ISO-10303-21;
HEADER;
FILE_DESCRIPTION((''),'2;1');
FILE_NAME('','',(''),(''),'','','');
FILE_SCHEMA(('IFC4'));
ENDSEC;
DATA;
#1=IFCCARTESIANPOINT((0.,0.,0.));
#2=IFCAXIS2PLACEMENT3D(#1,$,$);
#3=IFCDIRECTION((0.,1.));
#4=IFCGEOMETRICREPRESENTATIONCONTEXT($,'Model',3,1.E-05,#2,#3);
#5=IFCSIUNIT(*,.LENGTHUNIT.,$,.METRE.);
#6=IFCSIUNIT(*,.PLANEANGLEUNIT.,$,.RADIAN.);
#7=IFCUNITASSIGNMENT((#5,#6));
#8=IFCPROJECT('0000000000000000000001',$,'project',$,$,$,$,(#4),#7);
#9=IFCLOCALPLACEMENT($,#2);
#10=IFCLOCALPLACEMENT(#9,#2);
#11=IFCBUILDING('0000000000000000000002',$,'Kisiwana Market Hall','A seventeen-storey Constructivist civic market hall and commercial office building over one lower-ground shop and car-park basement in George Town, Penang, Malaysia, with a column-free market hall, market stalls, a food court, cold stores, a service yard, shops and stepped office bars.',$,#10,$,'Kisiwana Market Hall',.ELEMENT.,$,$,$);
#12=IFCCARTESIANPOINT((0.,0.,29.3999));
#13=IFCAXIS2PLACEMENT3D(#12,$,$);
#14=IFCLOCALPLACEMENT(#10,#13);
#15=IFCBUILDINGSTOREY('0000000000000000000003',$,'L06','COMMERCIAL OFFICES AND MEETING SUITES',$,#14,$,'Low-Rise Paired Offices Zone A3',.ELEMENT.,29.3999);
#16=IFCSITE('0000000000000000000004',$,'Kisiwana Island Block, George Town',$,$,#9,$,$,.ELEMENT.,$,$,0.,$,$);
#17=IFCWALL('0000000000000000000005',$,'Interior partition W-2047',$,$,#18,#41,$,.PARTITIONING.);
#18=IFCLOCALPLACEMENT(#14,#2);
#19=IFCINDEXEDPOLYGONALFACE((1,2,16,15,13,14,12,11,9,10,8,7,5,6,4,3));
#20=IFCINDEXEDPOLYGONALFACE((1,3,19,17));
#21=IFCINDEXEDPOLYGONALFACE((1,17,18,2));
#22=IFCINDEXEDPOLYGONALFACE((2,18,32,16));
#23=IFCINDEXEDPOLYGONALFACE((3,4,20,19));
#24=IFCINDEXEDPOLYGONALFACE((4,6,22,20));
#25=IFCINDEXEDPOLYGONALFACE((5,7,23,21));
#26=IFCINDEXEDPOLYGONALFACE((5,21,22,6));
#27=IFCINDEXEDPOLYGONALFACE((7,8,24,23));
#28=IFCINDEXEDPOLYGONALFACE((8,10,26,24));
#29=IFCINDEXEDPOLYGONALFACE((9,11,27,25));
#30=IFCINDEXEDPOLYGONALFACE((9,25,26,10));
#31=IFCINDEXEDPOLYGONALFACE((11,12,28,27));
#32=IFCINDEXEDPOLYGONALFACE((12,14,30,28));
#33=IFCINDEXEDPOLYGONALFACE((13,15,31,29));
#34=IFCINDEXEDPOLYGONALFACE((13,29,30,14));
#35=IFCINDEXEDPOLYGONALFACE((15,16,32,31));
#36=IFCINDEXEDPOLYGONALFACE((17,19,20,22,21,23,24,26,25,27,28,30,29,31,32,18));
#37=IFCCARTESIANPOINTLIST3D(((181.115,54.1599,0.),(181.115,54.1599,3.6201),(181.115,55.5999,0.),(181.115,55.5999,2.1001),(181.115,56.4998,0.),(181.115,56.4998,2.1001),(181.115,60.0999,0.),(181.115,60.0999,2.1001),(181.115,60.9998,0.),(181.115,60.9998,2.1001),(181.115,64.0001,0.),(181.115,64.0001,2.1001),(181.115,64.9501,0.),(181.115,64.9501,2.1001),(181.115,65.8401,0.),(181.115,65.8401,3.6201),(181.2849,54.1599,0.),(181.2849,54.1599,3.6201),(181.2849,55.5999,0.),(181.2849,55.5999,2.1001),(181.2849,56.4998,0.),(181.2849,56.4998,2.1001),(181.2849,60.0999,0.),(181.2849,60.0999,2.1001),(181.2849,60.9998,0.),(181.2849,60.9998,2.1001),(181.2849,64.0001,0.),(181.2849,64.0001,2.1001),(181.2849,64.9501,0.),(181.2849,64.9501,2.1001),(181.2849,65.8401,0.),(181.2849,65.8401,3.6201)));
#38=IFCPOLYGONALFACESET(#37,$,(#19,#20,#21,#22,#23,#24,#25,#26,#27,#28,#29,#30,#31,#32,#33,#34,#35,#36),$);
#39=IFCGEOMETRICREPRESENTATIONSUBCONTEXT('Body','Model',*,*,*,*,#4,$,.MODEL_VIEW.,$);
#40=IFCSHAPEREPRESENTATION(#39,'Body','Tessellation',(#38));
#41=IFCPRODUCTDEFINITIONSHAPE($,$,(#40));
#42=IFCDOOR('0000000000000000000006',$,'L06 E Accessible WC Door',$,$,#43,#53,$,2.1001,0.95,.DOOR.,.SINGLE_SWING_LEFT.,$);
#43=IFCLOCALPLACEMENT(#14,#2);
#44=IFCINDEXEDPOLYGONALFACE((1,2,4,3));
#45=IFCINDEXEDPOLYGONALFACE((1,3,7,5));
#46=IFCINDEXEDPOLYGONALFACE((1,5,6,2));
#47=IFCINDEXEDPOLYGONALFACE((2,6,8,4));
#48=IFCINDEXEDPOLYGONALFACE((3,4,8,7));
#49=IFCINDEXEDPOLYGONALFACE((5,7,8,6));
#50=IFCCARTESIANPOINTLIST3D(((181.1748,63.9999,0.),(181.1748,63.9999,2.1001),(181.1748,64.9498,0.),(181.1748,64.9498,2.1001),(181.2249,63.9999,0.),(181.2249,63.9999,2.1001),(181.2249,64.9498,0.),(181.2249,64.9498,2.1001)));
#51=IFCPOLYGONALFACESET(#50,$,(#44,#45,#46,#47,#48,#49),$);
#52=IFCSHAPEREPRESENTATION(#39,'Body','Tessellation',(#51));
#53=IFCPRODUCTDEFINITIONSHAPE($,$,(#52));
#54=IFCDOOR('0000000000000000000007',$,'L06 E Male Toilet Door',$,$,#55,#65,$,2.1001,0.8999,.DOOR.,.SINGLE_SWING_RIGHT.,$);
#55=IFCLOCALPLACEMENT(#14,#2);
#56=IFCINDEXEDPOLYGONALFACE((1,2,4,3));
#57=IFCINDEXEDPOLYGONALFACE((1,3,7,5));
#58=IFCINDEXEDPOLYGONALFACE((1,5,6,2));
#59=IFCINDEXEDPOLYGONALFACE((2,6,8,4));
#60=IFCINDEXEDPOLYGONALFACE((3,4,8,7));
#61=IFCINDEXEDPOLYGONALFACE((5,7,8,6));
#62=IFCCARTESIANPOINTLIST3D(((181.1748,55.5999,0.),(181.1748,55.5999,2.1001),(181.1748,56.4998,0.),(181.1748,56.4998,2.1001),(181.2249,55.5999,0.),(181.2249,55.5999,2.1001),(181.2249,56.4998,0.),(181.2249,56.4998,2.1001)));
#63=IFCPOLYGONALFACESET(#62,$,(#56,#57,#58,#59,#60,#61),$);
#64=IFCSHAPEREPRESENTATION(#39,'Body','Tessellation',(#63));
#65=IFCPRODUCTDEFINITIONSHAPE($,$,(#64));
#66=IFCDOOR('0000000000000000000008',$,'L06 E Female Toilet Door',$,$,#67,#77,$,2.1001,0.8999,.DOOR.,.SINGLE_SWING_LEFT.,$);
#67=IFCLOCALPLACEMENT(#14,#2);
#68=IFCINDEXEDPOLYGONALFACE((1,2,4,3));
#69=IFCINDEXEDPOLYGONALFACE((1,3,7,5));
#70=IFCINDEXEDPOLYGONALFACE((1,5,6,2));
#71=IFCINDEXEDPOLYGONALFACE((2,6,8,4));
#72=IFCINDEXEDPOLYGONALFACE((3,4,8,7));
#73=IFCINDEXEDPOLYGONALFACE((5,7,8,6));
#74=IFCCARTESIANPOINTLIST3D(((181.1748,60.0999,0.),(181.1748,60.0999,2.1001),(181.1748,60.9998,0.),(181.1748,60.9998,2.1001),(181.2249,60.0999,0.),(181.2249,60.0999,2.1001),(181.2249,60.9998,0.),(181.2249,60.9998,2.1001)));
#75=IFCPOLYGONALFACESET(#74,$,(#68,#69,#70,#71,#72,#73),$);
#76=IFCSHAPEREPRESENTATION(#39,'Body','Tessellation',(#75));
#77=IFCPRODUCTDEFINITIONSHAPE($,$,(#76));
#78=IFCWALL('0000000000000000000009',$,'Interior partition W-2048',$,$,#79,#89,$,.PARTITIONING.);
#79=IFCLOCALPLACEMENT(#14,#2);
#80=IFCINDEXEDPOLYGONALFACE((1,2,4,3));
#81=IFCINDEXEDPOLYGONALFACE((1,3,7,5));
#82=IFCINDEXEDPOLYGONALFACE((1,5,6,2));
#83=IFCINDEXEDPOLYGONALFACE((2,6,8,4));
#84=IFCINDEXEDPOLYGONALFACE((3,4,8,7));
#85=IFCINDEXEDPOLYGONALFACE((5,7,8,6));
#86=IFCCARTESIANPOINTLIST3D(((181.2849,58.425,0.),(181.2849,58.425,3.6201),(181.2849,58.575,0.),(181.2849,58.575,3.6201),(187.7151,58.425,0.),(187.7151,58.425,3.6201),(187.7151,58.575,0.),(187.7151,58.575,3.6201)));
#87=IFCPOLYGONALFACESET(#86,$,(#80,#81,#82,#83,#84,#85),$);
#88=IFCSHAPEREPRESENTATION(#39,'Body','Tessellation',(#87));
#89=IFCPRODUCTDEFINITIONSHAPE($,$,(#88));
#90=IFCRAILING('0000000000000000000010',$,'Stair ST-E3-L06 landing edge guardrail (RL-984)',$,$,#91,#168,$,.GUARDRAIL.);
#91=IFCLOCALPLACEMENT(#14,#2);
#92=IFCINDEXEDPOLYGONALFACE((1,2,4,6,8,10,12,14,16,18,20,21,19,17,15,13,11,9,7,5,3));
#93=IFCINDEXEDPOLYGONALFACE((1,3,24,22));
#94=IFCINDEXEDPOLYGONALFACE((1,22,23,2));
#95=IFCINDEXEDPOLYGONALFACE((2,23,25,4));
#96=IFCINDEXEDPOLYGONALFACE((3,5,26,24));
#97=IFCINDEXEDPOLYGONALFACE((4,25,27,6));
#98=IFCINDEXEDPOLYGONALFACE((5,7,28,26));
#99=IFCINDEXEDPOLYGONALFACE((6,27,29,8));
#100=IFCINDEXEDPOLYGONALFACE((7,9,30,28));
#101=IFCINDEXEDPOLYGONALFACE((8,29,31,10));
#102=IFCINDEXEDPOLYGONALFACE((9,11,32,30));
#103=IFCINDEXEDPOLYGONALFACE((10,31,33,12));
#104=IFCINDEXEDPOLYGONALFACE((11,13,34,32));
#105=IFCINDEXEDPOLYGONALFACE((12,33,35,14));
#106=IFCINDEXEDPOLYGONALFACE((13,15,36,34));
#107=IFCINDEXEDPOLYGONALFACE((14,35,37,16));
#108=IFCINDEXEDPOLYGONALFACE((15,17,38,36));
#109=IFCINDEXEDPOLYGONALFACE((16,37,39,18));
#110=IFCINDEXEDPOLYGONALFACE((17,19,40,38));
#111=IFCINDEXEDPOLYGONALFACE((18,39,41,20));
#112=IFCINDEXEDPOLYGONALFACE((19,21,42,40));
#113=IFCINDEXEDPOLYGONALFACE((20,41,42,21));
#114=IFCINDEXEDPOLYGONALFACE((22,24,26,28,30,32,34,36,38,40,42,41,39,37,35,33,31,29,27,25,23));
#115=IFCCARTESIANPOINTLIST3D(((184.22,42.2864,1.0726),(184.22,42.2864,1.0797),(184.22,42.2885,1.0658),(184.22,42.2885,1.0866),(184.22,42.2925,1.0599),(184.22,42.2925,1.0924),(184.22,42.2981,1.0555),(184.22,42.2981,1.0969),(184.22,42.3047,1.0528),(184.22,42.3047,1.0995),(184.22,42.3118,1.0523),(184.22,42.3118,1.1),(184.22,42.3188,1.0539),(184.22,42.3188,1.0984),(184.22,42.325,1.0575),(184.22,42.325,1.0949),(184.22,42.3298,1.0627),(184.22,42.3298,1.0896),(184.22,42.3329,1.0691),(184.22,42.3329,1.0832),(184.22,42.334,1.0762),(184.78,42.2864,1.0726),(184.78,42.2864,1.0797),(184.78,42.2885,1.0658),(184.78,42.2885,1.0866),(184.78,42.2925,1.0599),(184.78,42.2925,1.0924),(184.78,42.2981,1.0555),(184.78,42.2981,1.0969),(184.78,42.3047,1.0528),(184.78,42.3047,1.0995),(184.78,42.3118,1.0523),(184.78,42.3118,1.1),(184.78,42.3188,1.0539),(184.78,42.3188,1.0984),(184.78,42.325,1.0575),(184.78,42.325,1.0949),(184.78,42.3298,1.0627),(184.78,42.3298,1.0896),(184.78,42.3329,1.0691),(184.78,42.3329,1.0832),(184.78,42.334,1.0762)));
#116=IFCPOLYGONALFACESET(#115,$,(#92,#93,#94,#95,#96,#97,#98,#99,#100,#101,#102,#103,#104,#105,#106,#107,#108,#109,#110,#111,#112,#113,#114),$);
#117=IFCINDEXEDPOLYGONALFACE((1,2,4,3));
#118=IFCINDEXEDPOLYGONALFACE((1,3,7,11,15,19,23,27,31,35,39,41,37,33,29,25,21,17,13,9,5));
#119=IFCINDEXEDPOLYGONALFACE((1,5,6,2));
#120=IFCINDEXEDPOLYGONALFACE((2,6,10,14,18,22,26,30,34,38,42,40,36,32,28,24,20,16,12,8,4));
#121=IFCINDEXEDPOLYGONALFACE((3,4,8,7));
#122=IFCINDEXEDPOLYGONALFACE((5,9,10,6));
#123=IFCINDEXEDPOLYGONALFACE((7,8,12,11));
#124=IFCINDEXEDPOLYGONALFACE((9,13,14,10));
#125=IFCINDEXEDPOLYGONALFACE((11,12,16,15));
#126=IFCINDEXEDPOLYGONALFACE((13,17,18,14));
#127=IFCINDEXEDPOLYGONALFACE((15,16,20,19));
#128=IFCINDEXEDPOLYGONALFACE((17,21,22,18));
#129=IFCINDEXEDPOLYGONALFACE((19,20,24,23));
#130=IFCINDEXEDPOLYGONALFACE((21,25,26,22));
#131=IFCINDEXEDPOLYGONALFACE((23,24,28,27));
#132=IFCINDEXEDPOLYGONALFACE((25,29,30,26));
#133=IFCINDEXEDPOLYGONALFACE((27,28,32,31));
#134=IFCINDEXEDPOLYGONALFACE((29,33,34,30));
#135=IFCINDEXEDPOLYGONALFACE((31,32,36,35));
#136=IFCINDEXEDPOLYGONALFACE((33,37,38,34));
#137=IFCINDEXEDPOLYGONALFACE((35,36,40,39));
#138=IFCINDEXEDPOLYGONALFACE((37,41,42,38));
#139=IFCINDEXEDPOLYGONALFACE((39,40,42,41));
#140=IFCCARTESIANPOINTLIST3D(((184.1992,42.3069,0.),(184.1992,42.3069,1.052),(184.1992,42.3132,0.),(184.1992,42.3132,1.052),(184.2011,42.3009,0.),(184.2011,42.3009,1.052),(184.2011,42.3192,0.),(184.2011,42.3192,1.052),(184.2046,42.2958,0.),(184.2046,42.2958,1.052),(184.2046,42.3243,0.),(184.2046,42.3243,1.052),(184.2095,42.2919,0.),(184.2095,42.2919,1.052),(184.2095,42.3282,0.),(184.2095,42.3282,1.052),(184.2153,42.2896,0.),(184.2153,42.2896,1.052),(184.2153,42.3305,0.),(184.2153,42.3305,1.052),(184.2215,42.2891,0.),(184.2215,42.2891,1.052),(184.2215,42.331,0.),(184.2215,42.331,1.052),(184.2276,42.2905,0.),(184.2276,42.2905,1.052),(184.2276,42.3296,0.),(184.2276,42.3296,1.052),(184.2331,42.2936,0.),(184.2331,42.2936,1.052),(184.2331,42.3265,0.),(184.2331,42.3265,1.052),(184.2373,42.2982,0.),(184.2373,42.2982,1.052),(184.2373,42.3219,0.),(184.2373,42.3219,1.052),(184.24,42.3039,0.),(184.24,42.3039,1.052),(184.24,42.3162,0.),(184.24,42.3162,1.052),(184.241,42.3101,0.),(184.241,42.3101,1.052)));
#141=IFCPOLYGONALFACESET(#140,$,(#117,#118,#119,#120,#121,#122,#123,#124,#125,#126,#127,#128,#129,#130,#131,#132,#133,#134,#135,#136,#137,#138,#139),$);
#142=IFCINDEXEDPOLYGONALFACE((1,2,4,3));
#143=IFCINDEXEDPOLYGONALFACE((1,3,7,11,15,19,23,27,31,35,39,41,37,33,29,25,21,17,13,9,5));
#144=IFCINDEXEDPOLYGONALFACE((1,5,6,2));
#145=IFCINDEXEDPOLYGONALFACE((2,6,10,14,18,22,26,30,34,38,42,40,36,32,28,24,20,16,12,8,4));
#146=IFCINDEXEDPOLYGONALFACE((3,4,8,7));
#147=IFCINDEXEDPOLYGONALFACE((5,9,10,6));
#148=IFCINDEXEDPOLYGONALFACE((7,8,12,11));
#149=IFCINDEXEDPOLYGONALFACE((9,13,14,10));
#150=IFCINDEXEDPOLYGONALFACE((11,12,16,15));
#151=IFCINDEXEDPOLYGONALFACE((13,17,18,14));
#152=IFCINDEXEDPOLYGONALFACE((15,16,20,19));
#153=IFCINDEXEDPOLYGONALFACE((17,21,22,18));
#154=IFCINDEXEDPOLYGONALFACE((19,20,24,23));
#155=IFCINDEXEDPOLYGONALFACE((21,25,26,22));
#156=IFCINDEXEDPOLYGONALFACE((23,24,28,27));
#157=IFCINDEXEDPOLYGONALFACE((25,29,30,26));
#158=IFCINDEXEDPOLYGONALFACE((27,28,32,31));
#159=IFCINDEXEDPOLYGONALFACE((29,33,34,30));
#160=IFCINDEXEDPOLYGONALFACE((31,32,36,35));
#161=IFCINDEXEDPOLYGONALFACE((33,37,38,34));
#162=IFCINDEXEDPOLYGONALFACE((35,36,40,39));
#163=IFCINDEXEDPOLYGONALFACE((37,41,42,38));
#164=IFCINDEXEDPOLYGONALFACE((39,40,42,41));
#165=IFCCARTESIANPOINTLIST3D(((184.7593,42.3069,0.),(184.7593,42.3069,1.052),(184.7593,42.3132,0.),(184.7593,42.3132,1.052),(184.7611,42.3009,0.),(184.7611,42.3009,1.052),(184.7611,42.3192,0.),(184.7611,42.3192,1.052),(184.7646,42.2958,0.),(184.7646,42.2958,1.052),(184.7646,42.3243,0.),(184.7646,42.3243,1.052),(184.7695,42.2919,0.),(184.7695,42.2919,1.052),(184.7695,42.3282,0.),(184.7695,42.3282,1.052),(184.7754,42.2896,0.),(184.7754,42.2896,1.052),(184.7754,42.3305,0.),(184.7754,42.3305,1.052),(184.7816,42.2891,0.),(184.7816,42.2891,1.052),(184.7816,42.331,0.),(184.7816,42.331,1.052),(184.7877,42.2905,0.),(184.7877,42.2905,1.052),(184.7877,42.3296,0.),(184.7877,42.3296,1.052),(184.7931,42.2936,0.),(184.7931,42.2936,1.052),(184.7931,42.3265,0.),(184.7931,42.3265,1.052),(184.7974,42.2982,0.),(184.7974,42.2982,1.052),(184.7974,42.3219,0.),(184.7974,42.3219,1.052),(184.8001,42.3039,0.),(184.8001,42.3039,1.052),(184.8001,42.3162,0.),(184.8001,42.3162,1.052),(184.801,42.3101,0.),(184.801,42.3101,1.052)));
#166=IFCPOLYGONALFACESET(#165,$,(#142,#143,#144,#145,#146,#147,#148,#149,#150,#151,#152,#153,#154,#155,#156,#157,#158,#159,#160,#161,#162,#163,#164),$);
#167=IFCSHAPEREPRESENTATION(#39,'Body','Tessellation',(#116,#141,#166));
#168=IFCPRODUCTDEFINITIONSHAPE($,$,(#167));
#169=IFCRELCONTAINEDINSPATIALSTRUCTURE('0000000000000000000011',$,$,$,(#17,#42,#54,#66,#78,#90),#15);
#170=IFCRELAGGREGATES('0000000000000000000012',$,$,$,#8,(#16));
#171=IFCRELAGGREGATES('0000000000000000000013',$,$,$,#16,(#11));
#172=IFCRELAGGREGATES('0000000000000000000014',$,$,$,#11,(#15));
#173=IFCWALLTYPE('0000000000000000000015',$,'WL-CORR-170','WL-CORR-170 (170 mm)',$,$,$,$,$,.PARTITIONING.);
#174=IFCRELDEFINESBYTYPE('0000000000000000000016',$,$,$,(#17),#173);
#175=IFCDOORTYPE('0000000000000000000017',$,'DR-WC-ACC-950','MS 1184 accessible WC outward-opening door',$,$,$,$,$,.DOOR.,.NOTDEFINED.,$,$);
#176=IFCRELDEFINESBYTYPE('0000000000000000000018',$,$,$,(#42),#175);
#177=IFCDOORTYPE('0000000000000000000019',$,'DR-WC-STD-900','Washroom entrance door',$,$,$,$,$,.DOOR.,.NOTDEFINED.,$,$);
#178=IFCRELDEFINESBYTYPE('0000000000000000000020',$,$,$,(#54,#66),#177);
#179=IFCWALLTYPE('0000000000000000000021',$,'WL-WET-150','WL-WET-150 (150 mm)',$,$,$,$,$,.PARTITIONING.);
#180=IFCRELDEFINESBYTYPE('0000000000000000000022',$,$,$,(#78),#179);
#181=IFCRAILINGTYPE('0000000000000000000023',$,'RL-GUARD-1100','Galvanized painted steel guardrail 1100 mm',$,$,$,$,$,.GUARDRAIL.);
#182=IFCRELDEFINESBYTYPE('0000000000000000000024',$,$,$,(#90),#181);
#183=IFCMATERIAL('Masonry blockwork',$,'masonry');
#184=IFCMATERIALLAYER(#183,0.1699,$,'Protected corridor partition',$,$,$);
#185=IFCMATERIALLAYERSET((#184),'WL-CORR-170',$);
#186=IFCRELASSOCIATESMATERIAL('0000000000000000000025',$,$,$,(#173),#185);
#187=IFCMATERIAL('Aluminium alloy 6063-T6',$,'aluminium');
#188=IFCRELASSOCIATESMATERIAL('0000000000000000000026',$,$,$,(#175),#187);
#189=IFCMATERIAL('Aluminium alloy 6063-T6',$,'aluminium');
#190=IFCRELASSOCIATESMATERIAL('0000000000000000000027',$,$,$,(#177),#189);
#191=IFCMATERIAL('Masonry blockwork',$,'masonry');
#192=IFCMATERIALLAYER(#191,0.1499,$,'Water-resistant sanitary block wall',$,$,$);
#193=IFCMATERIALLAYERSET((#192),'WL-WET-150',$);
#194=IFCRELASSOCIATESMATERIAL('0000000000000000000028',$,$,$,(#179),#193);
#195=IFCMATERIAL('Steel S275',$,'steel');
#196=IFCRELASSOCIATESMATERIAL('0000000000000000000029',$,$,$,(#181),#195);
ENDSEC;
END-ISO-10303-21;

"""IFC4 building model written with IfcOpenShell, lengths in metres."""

from ifc_helpers import new_model, si_unit, direction, frame, frame_2d, origin, origin_2d, place, context, subcontext, project, spatial, rectangle, circle, extrude, material, layer, layer_set, type_object, element, fill, save


model = new_model("IFC4")

# Units and contexts
model_context = context("Model", 3, precision=1e-05, world=origin(), true_north=direction((0.0, 1.0)))
body_context = subcontext(model_context, "Body", "Model", "MODEL_VIEW")
ifc_project = project(units=[si_unit("LENGTHUNIT", "METRE"), si_unit("PLANEANGLEUNIT", "RADIAN")], contexts=[model_context])

# Site, building, storey
site_placement = place(None, origin())
site = spatial("IfcSite", under=ifc_project, at=site_placement, Name="Kisiwana Island Block, George Town", CompositionType="ELEMENT", RefElevation=0.0)
building_placement = place(site_placement, origin())
building = spatial("IfcBuilding", under=site, at=building_placement, Name="Kisiwana Market Hall", Description="A seventeen-storey Constructivist civic market hall and commercial office building over one lower-ground shop and car-park basement in George Town, Penang, Malaysia, with a column-free market hall, market stalls, a food court, cold stores, a service yard, shops and stepped office bars.", LongName="Kisiwana Market Hall", CompositionType="ELEMENT")
storey_placement = place(building_placement, frame((0.0, 0.0, 29.3999)))
storey = spatial("IfcBuildingStorey", under=building, at=storey_placement, Name="L06", Description="COMMERCIAL OFFICES AND MEETING SUITES", LongName="Low-Rise Paired Offices Zone A3", CompositionType="ELEMENT", Elevation=29.3999)

# Shared definitions
ifc_material_1 = material(Name="Masonry blockwork", Category="masonry")
ifc_layer_1 = layer(ifc_material_1, 0.1699, Name="Protected corridor partition")
ifc_layer_set_1 = layer_set([ifc_layer_1], Name="WL-CORR-170")
wall_type_1 = type_object("IfcWallType", Name="WL-CORR-170", Description="WL-CORR-170 (170 mm)", PredefinedType="PARTITIONING", material=ifc_layer_set_1)

# Wall, openings, doors
wall_1_placement = place(storey_placement, frame((181.2, 54.1599, 0.0), z_axis=(0.0, 0.0, 1.0), x_axis=(0.0, 1.0, 0.0)))
wall_1 = element("IfcWall", 1, at=wall_1_placement, inside=storey, type_object=wall_type_1, Name="Interior partition W-2047", PredefinedType="PARTITIONING", context=body_context, shape_type="SweptSolid", body=[
    extrude(rectangle(XDim=11.6802, YDim=0.1699, at=frame_2d((5.8401, 0.0))), origin(), (0.0, 0.0, 1.0), 3.6201),
])
opening_1_placement = place(wall_1_placement, frame((1.4399, 0.0, 0.0)))
opening_1 = element("IfcOpeningElement", 2, at=opening_1_placement, cuts=wall_1, PredefinedType="OPENING", context=body_context, shape_type="SweptSolid", body=[
    extrude(rectangle(XDim=0.8999, YDim=2.1001, at=frame_2d((0.45, 1.05))), frame((0.0, 0.0969, 0.0), z_axis=(0.0, -1.0, 0.0), x_axis=(1.0, 0.0, 0.0)), (0.0, 0.0, 1.0), 0.1938),
])
opening_2_placement = place(wall_1_placement, frame((5.9399, 0.0, 0.0)))
opening_2 = element("IfcOpeningElement", 3, at=opening_2_placement, cuts=wall_1, PredefinedType="OPENING", context=body_context, shape_type="SweptSolid", body=[
    extrude(rectangle(XDim=0.8999, YDim=2.1001, at=frame_2d((0.45, 1.05))), frame((0.0, 0.0969, 0.0), z_axis=(0.0, -1.0, 0.0), x_axis=(1.0, 0.0, 0.0)), (0.0, 0.0, 1.0), 0.1938),
])
opening_3_placement = place(wall_1_placement, frame((9.8401, 0.0, 0.0)))
opening_3 = element("IfcOpeningElement", 4, at=opening_3_placement, cuts=wall_1, PredefinedType="OPENING", context=body_context, shape_type="SweptSolid", body=[
    extrude(rectangle(XDim=0.95, YDim=2.1001, at=frame_2d((0.4751, 1.05))), frame((0.0, 0.0969, 0.0), z_axis=(0.0, -1.0, 0.0), x_axis=(1.0, 0.0, 0.0)), (0.0, 0.0, 1.0), 0.1938),
])
ifc_material_2 = material(Name="Aluminium alloy 6063-T6", Category="aluminium")
door_type_1 = type_object("IfcDoorType", Name="DR-WC-ACC-950", Description="MS 1184 accessible WC outward-opening door", OperationType="NOTDEFINED", PredefinedType="DOOR", material=ifc_material_2)
door_1_placement = place(opening_3_placement, frame((0.95, 0.0, 0.0), z_axis=(0.0, 0.0, 1.0), x_axis=(-1.0, 0.0, 0.0)))
door_1 = element("IfcDoor", 5, at=door_1_placement, inside=storey, type_object=door_type_1, Name="L06 E Accessible WC Door", OperationType="SINGLE_SWING_LEFT", OverallHeight=2.1001, OverallWidth=0.95, PredefinedType="DOOR", context=body_context, shape_type="SweptSolid", body=[
    extrude(rectangle(XDim=0.95, YDim=2.1001, at=frame_2d((0.4751, 1.05))), frame((0.0, 0.0249, 0.0), z_axis=(0.0, -1.0, 0.0), x_axis=(1.0, 0.0, 0.0)), (0.0, 0.0, 1.0), 0.05),
])
fill(opening_3, door_1)
ifc_material_3 = material(Name="Aluminium alloy 6063-T6", Category="aluminium")
door_type_2 = type_object("IfcDoorType", Name="DR-WC-STD-900", Description="Washroom entrance door", OperationType="NOTDEFINED", PredefinedType="DOOR", material=ifc_material_3)
door_2_placement = place(opening_1_placement, frame((0.8999, 0.0, 0.0), z_axis=(0.0, 0.0, 1.0), x_axis=(-1.0, 0.0, 0.0)))
door_2 = element("IfcDoor", 6, at=door_2_placement, inside=storey, type_object=door_type_2, Name="L06 E Male Toilet Door", OperationType="SINGLE_SWING_RIGHT", OverallHeight=2.1001, OverallWidth=0.8999, PredefinedType="DOOR", context=body_context, shape_type="SweptSolid", body=[
    extrude(rectangle(XDim=0.8999, YDim=2.1001, at=frame_2d((0.45, 1.05))), frame((0.0, 0.0249, 0.0), z_axis=(0.0, -1.0, 0.0), x_axis=(1.0, 0.0, 0.0)), (0.0, 0.0, 1.0), 0.05),
])
fill(opening_1, door_2)
door_3_placement = place(opening_2_placement, frame((0.8999, 0.0, 0.0), z_axis=(0.0, 0.0, 1.0), x_axis=(-1.0, 0.0, 0.0)))
door_3 = element("IfcDoor", 7, at=door_3_placement, inside=storey, type_object=door_type_2, Name="L06 E Female Toilet Door", OperationType="SINGLE_SWING_LEFT", OverallHeight=2.1001, OverallWidth=0.8999, PredefinedType="DOOR", context=body_context, shape_type="SweptSolid", body=[
    extrude(rectangle(XDim=0.8999, YDim=2.1001, at=frame_2d((0.45, 1.05))), frame((0.0, 0.0249, 0.0), z_axis=(0.0, -1.0, 0.0), x_axis=(1.0, 0.0, 0.0)), (0.0, 0.0, 1.0), 0.05),
])
fill(opening_2, door_3)

# Wall
ifc_material_4 = material(Name="Masonry blockwork", Category="masonry")
ifc_layer_2 = layer(ifc_material_4, 0.1499, Name="Water-resistant sanitary block wall")
ifc_layer_set_2 = layer_set([ifc_layer_2], Name="WL-WET-150")
wall_type_2 = type_object("IfcWallType", Name="WL-WET-150", Description="WL-WET-150 (150 mm)", PredefinedType="PARTITIONING", material=ifc_layer_set_2)
wall_2_placement = place(storey_placement, frame((181.2849, 58.5, 0.0), z_axis=(0.0, 0.0, 1.0), x_axis=(1.0, 0.0, 0.0)))
element("IfcWall", 8, at=wall_2_placement, inside=storey, type_object=wall_type_2, Name="Interior partition W-2048", PredefinedType="PARTITIONING", context=body_context, shape_type="SweptSolid", body=[
    extrude(rectangle(XDim=6.4302, YDim=0.1499, at=frame_2d((3.2151, 0.0))), origin(), (0.0, 0.0, 1.0), 3.6201),
])

# Railing
ifc_material_5 = material(Name="Steel S275", Category="steel")
railing_type_1 = type_object("IfcRailingType", Name="RL-GUARD-1100", Description="Galvanized painted steel guardrail 1100 mm", PredefinedType="GUARDRAIL", material=ifc_material_5)
railing_1_placement = place(storey_placement, frame((184.22, 42.3101, 0.0)))
element("IfcRailing", 9, at=railing_1_placement, inside=storey, type_object=railing_type_1, Name="Stair ST-E3-L06 landing edge guardrail (RL-984)", PredefinedType="GUARDRAIL", context=body_context, shape_type="SweptSolid", body=[
    extrude(circle(Radius=0.0239, at=origin_2d()), frame((0.0, 0.0, 1.0762), z_axis=(1.0, 0.0, 0.0), x_axis=(0.0, 1.0, 0.0)), (0.0, 0.0, 1.0), 0.5601),
    extrude(circle(Radius=0.021, at=origin_2d()), origin(), (0.0, 0.0, 1.0), 1.052),
    extrude(circle(Radius=0.021, at=origin_2d()), frame((0.5601, 0.0, 0.0)), (0.0, 0.0, 1.0), 1.052),
])

save(model, "model.ifc")
